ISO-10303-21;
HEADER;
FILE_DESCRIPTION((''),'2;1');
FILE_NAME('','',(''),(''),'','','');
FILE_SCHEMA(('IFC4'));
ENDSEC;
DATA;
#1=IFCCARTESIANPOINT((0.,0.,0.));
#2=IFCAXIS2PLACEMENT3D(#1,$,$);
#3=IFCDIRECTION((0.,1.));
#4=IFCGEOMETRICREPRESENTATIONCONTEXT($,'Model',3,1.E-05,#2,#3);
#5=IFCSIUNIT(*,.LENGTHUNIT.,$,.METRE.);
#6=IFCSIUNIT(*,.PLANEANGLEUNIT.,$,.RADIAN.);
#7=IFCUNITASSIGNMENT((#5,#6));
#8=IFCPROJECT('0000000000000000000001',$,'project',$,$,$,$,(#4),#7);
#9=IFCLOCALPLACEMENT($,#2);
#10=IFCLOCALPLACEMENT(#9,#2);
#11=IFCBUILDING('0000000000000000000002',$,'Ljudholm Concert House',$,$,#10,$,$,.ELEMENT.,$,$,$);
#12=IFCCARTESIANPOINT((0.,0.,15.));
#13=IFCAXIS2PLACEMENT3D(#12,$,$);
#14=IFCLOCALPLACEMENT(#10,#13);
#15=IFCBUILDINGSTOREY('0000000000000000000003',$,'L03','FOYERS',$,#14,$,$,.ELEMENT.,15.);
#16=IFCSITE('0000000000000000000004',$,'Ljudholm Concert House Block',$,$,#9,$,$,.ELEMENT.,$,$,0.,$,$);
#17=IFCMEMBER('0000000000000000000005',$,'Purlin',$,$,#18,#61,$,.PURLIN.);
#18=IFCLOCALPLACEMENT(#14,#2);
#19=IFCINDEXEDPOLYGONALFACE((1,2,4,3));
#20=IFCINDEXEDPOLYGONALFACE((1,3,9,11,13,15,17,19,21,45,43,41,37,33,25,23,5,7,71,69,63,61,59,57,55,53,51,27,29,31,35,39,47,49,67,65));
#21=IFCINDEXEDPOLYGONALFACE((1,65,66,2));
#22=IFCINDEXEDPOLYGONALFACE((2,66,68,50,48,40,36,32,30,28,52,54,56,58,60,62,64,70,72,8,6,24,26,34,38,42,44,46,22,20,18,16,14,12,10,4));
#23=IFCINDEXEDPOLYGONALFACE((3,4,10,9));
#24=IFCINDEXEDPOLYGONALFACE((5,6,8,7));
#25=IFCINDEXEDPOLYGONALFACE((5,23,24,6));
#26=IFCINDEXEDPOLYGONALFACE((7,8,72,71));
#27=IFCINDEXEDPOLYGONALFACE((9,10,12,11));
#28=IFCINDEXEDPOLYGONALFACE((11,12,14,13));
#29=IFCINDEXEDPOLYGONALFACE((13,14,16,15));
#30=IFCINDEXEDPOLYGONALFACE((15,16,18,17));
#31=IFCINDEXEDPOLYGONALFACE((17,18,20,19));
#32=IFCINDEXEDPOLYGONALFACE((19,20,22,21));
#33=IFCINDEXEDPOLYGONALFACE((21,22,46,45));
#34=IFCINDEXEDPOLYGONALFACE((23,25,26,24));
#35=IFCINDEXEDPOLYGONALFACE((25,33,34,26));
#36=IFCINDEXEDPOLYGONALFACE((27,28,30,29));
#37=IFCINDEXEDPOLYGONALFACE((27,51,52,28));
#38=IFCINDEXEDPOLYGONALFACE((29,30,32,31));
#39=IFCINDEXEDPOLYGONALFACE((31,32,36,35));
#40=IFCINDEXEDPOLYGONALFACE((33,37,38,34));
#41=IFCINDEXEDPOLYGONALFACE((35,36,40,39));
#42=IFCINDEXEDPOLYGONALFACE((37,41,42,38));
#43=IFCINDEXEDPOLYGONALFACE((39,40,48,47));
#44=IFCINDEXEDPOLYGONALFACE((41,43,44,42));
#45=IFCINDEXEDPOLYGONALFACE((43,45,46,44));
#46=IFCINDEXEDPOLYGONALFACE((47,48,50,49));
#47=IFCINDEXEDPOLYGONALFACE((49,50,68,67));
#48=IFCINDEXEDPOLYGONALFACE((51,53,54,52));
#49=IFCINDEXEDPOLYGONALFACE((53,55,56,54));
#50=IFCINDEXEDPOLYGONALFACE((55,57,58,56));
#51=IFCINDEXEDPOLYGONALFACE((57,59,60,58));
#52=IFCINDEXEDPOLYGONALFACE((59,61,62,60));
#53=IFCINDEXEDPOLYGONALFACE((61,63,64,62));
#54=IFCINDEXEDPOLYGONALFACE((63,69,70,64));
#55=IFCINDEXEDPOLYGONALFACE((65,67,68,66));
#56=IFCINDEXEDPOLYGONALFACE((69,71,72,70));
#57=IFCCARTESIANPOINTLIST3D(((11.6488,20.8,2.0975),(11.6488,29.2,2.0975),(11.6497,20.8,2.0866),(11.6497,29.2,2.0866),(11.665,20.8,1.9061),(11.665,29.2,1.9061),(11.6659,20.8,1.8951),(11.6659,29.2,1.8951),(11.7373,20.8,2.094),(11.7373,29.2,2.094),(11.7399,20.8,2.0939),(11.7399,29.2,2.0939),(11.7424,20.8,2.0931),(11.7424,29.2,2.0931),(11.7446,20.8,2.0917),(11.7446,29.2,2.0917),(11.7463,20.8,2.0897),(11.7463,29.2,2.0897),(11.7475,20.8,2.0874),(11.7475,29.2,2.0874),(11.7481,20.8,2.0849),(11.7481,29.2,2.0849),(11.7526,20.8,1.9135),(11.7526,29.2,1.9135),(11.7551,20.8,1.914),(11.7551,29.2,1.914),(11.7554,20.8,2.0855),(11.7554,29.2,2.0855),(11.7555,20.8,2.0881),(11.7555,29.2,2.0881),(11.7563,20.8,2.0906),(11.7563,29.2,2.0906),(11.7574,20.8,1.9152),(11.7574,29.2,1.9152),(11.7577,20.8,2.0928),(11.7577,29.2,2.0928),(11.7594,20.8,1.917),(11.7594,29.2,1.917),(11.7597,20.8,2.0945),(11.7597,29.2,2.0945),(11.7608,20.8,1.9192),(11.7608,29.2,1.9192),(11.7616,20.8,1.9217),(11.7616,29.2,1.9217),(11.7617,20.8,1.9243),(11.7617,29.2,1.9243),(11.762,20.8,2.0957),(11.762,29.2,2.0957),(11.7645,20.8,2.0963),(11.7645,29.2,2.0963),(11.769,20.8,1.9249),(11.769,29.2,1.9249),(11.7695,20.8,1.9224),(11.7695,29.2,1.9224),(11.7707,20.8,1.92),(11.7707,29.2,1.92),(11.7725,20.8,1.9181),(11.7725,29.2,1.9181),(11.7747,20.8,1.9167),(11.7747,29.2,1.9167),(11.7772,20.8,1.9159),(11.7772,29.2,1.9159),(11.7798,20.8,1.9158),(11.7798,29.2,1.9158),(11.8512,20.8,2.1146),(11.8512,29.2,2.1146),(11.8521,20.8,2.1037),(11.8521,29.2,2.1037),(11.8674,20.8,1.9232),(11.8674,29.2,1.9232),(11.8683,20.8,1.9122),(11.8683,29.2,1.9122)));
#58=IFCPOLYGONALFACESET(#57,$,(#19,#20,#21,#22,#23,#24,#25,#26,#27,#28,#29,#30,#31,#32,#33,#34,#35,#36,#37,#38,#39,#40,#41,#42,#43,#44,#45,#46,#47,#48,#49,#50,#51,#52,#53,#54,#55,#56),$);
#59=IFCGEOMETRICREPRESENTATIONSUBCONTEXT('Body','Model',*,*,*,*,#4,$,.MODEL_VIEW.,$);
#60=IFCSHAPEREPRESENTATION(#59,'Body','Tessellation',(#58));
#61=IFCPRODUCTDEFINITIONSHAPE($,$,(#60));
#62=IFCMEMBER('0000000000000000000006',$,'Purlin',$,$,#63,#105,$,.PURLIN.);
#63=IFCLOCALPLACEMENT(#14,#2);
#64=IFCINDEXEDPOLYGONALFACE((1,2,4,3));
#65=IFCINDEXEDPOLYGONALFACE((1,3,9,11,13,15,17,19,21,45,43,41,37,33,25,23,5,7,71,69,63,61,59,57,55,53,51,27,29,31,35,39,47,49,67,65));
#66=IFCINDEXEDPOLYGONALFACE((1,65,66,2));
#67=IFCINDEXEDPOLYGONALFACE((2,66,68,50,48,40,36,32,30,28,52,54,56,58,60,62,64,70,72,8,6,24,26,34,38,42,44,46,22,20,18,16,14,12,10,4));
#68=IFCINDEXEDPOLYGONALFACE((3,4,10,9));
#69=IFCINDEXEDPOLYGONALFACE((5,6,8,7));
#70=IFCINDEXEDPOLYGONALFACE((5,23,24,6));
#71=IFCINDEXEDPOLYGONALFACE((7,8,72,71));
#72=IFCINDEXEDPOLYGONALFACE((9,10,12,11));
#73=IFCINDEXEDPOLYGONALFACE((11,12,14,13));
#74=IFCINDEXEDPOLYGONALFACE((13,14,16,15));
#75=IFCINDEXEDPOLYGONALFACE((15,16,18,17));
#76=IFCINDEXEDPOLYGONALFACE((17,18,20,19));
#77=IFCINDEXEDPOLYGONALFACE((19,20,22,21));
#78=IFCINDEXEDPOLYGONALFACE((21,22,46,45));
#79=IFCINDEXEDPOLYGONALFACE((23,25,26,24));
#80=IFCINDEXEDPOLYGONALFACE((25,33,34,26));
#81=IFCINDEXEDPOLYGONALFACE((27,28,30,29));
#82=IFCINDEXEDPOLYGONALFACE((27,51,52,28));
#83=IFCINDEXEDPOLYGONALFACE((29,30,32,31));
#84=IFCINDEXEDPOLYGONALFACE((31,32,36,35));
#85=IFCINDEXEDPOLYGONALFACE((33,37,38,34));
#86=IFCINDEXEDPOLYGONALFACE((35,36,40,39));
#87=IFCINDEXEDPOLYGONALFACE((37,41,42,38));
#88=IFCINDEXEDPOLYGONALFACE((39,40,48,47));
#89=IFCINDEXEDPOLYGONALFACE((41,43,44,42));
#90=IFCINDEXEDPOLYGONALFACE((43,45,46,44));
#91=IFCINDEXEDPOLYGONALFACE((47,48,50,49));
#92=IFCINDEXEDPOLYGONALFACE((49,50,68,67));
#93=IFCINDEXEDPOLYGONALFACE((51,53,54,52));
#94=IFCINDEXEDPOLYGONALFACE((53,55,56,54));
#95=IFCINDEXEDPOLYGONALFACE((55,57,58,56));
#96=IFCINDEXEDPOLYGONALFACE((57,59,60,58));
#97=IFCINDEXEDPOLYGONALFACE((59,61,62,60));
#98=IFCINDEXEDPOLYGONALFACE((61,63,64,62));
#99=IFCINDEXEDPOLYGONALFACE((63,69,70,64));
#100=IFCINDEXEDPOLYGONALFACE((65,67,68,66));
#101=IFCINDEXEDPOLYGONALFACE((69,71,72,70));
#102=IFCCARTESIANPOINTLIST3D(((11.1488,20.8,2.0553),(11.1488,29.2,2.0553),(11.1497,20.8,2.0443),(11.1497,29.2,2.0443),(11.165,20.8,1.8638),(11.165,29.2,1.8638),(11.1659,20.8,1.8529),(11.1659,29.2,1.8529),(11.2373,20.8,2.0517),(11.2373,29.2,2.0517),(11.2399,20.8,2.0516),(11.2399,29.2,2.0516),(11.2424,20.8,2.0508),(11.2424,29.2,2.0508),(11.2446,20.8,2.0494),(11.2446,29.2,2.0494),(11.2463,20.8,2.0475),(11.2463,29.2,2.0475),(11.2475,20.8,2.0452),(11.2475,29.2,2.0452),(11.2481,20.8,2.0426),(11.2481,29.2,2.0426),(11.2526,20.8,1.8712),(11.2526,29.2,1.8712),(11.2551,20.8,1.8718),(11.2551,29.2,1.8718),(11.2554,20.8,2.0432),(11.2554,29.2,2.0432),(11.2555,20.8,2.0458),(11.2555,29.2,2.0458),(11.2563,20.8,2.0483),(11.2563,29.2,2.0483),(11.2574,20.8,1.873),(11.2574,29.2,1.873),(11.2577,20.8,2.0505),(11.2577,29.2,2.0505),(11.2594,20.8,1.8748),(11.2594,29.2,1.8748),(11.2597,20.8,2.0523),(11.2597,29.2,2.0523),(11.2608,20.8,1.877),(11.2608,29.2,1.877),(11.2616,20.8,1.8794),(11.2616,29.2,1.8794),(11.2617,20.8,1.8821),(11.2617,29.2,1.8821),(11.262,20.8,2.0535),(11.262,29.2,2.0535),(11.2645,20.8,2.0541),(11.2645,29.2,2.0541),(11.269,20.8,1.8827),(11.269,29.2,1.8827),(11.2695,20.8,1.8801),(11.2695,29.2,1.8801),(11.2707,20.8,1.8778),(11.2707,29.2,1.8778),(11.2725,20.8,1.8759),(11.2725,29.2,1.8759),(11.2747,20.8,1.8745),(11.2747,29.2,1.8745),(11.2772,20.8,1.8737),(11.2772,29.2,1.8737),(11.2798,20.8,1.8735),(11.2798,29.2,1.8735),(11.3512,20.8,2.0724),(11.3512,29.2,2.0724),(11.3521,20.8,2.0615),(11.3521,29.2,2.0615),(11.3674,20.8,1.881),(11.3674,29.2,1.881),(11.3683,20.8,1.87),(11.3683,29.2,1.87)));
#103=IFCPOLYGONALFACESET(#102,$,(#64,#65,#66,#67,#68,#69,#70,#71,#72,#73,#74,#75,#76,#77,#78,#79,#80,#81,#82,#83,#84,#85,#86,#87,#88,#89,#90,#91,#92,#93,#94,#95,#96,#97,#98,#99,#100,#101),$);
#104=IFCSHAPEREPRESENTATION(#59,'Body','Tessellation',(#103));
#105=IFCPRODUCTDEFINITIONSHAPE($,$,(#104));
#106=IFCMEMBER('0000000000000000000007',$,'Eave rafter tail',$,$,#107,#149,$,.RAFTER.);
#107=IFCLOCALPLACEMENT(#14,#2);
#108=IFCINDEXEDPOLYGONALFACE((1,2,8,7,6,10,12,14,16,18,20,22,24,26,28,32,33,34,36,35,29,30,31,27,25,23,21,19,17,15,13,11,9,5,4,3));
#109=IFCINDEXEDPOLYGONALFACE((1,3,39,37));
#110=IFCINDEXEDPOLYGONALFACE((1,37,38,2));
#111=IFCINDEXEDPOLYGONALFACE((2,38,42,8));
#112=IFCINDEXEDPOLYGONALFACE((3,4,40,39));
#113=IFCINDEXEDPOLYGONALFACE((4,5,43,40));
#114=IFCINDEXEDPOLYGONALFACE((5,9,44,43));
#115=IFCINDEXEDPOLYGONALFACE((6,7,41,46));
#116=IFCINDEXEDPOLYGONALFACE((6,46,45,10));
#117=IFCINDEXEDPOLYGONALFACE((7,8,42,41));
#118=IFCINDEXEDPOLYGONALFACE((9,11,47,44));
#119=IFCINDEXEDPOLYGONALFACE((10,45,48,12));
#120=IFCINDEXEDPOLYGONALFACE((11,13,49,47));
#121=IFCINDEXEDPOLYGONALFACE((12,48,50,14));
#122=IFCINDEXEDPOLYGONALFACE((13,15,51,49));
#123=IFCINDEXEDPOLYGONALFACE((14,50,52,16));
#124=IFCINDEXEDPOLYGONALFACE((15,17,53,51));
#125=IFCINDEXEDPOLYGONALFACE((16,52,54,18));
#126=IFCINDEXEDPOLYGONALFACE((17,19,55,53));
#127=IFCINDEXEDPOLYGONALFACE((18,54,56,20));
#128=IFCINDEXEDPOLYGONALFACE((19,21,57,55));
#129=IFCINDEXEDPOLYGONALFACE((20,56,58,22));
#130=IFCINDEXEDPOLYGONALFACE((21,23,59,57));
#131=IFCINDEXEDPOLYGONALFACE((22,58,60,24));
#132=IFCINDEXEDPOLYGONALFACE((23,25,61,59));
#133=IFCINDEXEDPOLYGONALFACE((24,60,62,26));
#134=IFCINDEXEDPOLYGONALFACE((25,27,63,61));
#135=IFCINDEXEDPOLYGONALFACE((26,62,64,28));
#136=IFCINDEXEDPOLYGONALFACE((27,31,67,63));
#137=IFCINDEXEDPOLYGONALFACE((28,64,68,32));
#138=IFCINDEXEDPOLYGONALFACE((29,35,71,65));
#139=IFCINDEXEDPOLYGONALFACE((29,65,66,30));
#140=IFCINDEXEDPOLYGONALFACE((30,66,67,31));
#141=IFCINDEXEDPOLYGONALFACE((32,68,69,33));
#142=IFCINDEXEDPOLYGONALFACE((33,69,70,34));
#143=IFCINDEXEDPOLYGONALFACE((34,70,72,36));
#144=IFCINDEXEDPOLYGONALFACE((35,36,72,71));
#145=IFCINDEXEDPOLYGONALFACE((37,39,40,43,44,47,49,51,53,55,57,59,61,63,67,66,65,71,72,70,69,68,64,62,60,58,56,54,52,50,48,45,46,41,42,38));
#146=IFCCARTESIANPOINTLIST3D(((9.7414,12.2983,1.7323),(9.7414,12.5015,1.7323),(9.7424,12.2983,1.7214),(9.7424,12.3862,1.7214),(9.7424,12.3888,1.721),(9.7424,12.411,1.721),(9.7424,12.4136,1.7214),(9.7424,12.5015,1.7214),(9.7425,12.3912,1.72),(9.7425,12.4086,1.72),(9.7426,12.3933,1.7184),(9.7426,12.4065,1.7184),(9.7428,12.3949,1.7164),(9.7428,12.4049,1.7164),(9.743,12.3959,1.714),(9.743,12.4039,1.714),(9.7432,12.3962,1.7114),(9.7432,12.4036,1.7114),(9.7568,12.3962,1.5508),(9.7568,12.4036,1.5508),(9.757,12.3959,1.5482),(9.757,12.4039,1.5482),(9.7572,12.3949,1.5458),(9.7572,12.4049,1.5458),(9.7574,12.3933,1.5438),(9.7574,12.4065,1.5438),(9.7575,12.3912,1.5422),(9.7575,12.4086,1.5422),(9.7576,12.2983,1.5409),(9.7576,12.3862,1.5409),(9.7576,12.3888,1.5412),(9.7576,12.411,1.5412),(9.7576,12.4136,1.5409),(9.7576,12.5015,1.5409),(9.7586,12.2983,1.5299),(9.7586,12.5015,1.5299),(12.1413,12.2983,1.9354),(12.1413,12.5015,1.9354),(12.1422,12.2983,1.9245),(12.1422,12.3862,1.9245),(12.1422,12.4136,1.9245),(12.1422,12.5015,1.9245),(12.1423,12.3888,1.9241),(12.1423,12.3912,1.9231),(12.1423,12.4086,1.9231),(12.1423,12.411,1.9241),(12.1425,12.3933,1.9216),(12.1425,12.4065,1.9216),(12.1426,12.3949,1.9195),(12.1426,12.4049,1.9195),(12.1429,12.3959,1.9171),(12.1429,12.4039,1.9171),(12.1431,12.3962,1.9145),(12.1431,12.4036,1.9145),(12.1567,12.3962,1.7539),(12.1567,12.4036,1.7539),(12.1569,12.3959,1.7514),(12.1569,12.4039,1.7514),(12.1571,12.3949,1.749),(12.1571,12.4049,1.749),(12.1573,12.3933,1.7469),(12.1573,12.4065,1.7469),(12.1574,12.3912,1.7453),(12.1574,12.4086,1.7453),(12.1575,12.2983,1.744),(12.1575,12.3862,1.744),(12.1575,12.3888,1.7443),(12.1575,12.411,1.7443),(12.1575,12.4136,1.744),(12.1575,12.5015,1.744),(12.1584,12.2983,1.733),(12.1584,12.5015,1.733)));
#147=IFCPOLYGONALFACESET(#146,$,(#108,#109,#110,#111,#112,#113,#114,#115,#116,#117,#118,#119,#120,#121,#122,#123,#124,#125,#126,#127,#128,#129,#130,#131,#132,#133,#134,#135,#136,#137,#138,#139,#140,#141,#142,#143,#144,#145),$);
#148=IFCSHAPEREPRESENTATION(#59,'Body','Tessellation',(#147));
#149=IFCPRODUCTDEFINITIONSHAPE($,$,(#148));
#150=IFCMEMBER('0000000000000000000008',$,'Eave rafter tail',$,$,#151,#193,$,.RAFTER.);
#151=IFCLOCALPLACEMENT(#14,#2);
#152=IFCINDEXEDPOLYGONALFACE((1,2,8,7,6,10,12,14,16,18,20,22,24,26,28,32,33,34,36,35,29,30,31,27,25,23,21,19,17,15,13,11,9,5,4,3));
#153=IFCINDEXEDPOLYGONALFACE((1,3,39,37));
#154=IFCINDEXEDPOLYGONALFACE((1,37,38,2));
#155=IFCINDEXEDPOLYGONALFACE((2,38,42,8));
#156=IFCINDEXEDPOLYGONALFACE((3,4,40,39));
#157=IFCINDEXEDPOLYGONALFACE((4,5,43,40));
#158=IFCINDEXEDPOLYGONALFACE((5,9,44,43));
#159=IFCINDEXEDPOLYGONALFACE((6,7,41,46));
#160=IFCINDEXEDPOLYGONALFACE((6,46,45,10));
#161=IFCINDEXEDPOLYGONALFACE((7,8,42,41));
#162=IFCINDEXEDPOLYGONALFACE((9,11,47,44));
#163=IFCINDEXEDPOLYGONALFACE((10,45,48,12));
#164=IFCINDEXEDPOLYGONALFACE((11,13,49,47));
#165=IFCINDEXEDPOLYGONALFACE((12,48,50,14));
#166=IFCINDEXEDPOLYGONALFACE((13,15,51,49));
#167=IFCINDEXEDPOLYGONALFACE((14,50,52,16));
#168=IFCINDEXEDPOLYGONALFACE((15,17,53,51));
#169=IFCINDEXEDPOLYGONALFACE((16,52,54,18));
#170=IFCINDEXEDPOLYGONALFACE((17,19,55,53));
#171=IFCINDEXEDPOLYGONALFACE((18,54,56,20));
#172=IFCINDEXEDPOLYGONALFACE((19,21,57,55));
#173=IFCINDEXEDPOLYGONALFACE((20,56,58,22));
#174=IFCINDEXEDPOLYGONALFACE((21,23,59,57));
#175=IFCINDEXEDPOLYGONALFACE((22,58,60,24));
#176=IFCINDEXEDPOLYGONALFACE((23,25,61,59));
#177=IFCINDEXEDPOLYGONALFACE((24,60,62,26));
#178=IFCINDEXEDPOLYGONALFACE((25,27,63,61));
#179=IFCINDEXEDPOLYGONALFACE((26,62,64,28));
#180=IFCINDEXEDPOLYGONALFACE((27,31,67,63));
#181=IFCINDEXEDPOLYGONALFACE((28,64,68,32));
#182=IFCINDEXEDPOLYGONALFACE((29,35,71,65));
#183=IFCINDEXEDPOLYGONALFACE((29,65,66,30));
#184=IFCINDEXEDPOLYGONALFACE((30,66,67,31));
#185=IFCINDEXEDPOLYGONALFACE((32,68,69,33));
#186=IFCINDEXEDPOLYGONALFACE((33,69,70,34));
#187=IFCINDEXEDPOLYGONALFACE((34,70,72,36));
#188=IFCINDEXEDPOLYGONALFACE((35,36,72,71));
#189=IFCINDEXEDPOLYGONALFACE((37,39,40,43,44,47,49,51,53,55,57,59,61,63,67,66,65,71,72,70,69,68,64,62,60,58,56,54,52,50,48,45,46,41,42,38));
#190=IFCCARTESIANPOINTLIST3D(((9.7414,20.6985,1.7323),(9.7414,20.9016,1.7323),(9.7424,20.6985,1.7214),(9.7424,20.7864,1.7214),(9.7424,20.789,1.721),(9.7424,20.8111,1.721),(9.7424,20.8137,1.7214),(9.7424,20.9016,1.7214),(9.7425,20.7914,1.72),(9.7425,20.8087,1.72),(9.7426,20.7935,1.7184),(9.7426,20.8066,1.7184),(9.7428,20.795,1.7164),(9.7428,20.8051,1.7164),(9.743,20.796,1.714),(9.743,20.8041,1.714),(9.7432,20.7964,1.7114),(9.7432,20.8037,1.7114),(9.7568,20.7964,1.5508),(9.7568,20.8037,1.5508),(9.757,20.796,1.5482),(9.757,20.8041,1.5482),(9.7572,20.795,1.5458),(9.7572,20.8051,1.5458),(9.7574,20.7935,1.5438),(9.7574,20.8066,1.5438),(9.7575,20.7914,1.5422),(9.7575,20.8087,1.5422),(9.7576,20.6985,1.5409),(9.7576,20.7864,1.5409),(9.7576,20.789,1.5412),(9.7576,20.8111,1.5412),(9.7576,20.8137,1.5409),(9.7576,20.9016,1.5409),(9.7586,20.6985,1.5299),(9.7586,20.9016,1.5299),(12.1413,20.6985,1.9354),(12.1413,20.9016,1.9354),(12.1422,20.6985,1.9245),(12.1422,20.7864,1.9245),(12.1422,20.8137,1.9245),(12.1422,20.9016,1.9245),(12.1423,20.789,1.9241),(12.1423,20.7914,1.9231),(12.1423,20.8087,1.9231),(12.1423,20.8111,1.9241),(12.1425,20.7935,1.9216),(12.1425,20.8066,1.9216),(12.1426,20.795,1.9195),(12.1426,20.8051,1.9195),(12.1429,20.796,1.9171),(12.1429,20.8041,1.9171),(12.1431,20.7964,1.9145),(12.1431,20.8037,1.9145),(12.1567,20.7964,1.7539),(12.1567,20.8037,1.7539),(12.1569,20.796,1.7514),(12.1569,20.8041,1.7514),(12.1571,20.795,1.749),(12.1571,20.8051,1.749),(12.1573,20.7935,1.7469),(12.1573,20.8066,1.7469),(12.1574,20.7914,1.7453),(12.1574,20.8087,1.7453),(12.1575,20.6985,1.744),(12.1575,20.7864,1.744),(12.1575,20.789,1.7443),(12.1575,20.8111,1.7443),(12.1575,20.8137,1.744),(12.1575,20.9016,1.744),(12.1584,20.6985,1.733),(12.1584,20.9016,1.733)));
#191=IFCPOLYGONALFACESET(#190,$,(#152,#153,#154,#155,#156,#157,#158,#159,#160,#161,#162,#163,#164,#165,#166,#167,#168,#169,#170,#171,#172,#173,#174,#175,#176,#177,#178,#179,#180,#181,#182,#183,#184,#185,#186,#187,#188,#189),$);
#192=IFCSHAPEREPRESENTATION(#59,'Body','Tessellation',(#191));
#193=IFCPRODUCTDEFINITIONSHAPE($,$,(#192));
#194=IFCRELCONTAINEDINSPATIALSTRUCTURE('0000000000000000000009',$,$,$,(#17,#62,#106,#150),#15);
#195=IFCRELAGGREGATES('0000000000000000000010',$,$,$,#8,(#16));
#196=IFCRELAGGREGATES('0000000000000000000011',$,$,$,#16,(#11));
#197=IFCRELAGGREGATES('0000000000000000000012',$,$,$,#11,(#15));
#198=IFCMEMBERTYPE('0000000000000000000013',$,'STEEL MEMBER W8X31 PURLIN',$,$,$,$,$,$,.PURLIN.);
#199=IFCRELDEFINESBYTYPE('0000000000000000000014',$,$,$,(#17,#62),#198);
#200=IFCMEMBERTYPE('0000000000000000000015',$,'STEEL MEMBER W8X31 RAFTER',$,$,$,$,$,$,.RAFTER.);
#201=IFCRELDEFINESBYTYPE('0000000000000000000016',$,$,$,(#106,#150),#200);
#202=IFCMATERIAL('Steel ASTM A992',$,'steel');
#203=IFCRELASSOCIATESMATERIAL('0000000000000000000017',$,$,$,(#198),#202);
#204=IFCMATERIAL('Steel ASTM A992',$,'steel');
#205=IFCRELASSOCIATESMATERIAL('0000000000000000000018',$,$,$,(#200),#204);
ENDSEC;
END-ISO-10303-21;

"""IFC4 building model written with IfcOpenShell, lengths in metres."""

from ifc_helpers import new_model, si_unit, direction, frame, origin, origin_2d, place, context, subcontext, project, spatial, i_section, extrude, material, material_profile, profile_set, type_object, element, save


model = new_model("IFC4")

# Units and contexts
model_context = context("Model", 3, precision=1e-05, world=origin(), true_north=direction((0.0, 1.0)))
body_context = subcontext(model_context, "Body", "Model", "MODEL_VIEW")
ifc_project = project(units=[si_unit("LENGTHUNIT", "METRE"), si_unit("PLANEANGLEUNIT", "RADIAN")], contexts=[model_context])

# Site, building, storey
site_placement = place(None, origin())
site = spatial("IfcSite", under=ifc_project, at=site_placement, Name="Ljudholm Concert House Block", CompositionType="ELEMENT", RefElevation=0.0)
building_placement = place(site_placement, origin())
building = spatial("IfcBuilding", under=site, at=building_placement, Name="Ljudholm Concert House", CompositionType="ELEMENT")
storey_placement = place(building_placement, frame((0.0, 0.0, 15.0)))
storey = spatial("IfcBuildingStorey", under=building, at=storey_placement, Name="L03", Description="FOYERS", CompositionType="ELEMENT", Elevation=15.0)

# Members
ifc_material_1 = material(Name="Steel ASTM A992", Category="steel")
ifc_material_profile_1 = material_profile(ifc_material_1, i_section(OverallWidth=0.2031, OverallDepth=0.2031, WebThickness=0.0073, FlangeThickness=0.011, FilletRadius=0.01, at=origin_2d()), Name="W8X31")
ifc_profile_set_1 = profile_set([ifc_material_profile_1], Name="Steel ASTM A992")
member_type_1 = type_object("IfcMemberType", Name="STEEL MEMBER W8X31 PURLIN", PredefinedType="PURLIN", material=ifc_profile_set_1)
for number, where, z_axis, x_axis, name in (
    (1, (11.7585, 20.8, 2.0049), (0.0, 1.0, 0.0), (-0.996441, 0.0, -0.084291), "Purlin"),
    (2, (11.2585, 20.8, 1.9626), (0.0, 1.0, 0.0), (-0.996441, 0.0, -0.084291), "Purlin"),
):
    element("IfcMember", number, at=place(storey_placement, frame(where, z_axis=z_axis, x_axis=x_axis)), inside=storey, type_object=member_type_1, Name=name, PredefinedType="PURLIN", context=body_context, shape_type="SweptSolid", body=[
        extrude(i_section(OverallWidth=0.2031, OverallDepth=0.2031, WebThickness=0.0073, FlangeThickness=0.011, FilletRadius=0.01, at=origin_2d()), origin(), (0.0, 0.0, 1.0), 8.3999),
    ])
ifc_material_2 = material(Name="Steel ASTM A992", Category="steel")
ifc_material_profile_2 = material_profile(ifc_material_2, i_section(OverallWidth=0.2031, OverallDepth=0.2031, WebThickness=0.0073, FlangeThickness=0.011, FilletRadius=0.01, at=origin_2d()), Name="W8X31")
ifc_profile_set_2 = profile_set([ifc_material_profile_2], Name="Steel ASTM A992")
member_type_2 = type_object("IfcMemberType", Name="STEEL MEMBER W8X31 RAFTER", PredefinedType="RAFTER", material=ifc_profile_set_2)
for number, where, z_axis, x_axis, name in (
    (3, (9.75, 12.3999, 1.6311), (0.996437, 0.0, 0.084337), (0.0, 1.0, 0.0), "Eave rafter tail"),
    (4, (9.75, 20.8, 1.6311), (0.996437, 0.0, 0.084337), (0.0, 1.0, 0.0), "Eave rafter tail"),
):
    element("IfcMember", number, at=place(storey_placement, frame(where, z_axis=z_axis, x_axis=x_axis)), inside=storey, type_object=member_type_2, Name=name, PredefinedType="RAFTER", context=body_context, shape_type="SweptSolid", body=[
        extrude(i_section(OverallWidth=0.2031, OverallDepth=0.2031, WebThickness=0.0073, FlangeThickness=0.011, FilletRadius=0.01, at=origin_2d()), origin(), (0.0, 0.0, 1.0), 2.4084),
    ])

save(model, "model.ifc")
